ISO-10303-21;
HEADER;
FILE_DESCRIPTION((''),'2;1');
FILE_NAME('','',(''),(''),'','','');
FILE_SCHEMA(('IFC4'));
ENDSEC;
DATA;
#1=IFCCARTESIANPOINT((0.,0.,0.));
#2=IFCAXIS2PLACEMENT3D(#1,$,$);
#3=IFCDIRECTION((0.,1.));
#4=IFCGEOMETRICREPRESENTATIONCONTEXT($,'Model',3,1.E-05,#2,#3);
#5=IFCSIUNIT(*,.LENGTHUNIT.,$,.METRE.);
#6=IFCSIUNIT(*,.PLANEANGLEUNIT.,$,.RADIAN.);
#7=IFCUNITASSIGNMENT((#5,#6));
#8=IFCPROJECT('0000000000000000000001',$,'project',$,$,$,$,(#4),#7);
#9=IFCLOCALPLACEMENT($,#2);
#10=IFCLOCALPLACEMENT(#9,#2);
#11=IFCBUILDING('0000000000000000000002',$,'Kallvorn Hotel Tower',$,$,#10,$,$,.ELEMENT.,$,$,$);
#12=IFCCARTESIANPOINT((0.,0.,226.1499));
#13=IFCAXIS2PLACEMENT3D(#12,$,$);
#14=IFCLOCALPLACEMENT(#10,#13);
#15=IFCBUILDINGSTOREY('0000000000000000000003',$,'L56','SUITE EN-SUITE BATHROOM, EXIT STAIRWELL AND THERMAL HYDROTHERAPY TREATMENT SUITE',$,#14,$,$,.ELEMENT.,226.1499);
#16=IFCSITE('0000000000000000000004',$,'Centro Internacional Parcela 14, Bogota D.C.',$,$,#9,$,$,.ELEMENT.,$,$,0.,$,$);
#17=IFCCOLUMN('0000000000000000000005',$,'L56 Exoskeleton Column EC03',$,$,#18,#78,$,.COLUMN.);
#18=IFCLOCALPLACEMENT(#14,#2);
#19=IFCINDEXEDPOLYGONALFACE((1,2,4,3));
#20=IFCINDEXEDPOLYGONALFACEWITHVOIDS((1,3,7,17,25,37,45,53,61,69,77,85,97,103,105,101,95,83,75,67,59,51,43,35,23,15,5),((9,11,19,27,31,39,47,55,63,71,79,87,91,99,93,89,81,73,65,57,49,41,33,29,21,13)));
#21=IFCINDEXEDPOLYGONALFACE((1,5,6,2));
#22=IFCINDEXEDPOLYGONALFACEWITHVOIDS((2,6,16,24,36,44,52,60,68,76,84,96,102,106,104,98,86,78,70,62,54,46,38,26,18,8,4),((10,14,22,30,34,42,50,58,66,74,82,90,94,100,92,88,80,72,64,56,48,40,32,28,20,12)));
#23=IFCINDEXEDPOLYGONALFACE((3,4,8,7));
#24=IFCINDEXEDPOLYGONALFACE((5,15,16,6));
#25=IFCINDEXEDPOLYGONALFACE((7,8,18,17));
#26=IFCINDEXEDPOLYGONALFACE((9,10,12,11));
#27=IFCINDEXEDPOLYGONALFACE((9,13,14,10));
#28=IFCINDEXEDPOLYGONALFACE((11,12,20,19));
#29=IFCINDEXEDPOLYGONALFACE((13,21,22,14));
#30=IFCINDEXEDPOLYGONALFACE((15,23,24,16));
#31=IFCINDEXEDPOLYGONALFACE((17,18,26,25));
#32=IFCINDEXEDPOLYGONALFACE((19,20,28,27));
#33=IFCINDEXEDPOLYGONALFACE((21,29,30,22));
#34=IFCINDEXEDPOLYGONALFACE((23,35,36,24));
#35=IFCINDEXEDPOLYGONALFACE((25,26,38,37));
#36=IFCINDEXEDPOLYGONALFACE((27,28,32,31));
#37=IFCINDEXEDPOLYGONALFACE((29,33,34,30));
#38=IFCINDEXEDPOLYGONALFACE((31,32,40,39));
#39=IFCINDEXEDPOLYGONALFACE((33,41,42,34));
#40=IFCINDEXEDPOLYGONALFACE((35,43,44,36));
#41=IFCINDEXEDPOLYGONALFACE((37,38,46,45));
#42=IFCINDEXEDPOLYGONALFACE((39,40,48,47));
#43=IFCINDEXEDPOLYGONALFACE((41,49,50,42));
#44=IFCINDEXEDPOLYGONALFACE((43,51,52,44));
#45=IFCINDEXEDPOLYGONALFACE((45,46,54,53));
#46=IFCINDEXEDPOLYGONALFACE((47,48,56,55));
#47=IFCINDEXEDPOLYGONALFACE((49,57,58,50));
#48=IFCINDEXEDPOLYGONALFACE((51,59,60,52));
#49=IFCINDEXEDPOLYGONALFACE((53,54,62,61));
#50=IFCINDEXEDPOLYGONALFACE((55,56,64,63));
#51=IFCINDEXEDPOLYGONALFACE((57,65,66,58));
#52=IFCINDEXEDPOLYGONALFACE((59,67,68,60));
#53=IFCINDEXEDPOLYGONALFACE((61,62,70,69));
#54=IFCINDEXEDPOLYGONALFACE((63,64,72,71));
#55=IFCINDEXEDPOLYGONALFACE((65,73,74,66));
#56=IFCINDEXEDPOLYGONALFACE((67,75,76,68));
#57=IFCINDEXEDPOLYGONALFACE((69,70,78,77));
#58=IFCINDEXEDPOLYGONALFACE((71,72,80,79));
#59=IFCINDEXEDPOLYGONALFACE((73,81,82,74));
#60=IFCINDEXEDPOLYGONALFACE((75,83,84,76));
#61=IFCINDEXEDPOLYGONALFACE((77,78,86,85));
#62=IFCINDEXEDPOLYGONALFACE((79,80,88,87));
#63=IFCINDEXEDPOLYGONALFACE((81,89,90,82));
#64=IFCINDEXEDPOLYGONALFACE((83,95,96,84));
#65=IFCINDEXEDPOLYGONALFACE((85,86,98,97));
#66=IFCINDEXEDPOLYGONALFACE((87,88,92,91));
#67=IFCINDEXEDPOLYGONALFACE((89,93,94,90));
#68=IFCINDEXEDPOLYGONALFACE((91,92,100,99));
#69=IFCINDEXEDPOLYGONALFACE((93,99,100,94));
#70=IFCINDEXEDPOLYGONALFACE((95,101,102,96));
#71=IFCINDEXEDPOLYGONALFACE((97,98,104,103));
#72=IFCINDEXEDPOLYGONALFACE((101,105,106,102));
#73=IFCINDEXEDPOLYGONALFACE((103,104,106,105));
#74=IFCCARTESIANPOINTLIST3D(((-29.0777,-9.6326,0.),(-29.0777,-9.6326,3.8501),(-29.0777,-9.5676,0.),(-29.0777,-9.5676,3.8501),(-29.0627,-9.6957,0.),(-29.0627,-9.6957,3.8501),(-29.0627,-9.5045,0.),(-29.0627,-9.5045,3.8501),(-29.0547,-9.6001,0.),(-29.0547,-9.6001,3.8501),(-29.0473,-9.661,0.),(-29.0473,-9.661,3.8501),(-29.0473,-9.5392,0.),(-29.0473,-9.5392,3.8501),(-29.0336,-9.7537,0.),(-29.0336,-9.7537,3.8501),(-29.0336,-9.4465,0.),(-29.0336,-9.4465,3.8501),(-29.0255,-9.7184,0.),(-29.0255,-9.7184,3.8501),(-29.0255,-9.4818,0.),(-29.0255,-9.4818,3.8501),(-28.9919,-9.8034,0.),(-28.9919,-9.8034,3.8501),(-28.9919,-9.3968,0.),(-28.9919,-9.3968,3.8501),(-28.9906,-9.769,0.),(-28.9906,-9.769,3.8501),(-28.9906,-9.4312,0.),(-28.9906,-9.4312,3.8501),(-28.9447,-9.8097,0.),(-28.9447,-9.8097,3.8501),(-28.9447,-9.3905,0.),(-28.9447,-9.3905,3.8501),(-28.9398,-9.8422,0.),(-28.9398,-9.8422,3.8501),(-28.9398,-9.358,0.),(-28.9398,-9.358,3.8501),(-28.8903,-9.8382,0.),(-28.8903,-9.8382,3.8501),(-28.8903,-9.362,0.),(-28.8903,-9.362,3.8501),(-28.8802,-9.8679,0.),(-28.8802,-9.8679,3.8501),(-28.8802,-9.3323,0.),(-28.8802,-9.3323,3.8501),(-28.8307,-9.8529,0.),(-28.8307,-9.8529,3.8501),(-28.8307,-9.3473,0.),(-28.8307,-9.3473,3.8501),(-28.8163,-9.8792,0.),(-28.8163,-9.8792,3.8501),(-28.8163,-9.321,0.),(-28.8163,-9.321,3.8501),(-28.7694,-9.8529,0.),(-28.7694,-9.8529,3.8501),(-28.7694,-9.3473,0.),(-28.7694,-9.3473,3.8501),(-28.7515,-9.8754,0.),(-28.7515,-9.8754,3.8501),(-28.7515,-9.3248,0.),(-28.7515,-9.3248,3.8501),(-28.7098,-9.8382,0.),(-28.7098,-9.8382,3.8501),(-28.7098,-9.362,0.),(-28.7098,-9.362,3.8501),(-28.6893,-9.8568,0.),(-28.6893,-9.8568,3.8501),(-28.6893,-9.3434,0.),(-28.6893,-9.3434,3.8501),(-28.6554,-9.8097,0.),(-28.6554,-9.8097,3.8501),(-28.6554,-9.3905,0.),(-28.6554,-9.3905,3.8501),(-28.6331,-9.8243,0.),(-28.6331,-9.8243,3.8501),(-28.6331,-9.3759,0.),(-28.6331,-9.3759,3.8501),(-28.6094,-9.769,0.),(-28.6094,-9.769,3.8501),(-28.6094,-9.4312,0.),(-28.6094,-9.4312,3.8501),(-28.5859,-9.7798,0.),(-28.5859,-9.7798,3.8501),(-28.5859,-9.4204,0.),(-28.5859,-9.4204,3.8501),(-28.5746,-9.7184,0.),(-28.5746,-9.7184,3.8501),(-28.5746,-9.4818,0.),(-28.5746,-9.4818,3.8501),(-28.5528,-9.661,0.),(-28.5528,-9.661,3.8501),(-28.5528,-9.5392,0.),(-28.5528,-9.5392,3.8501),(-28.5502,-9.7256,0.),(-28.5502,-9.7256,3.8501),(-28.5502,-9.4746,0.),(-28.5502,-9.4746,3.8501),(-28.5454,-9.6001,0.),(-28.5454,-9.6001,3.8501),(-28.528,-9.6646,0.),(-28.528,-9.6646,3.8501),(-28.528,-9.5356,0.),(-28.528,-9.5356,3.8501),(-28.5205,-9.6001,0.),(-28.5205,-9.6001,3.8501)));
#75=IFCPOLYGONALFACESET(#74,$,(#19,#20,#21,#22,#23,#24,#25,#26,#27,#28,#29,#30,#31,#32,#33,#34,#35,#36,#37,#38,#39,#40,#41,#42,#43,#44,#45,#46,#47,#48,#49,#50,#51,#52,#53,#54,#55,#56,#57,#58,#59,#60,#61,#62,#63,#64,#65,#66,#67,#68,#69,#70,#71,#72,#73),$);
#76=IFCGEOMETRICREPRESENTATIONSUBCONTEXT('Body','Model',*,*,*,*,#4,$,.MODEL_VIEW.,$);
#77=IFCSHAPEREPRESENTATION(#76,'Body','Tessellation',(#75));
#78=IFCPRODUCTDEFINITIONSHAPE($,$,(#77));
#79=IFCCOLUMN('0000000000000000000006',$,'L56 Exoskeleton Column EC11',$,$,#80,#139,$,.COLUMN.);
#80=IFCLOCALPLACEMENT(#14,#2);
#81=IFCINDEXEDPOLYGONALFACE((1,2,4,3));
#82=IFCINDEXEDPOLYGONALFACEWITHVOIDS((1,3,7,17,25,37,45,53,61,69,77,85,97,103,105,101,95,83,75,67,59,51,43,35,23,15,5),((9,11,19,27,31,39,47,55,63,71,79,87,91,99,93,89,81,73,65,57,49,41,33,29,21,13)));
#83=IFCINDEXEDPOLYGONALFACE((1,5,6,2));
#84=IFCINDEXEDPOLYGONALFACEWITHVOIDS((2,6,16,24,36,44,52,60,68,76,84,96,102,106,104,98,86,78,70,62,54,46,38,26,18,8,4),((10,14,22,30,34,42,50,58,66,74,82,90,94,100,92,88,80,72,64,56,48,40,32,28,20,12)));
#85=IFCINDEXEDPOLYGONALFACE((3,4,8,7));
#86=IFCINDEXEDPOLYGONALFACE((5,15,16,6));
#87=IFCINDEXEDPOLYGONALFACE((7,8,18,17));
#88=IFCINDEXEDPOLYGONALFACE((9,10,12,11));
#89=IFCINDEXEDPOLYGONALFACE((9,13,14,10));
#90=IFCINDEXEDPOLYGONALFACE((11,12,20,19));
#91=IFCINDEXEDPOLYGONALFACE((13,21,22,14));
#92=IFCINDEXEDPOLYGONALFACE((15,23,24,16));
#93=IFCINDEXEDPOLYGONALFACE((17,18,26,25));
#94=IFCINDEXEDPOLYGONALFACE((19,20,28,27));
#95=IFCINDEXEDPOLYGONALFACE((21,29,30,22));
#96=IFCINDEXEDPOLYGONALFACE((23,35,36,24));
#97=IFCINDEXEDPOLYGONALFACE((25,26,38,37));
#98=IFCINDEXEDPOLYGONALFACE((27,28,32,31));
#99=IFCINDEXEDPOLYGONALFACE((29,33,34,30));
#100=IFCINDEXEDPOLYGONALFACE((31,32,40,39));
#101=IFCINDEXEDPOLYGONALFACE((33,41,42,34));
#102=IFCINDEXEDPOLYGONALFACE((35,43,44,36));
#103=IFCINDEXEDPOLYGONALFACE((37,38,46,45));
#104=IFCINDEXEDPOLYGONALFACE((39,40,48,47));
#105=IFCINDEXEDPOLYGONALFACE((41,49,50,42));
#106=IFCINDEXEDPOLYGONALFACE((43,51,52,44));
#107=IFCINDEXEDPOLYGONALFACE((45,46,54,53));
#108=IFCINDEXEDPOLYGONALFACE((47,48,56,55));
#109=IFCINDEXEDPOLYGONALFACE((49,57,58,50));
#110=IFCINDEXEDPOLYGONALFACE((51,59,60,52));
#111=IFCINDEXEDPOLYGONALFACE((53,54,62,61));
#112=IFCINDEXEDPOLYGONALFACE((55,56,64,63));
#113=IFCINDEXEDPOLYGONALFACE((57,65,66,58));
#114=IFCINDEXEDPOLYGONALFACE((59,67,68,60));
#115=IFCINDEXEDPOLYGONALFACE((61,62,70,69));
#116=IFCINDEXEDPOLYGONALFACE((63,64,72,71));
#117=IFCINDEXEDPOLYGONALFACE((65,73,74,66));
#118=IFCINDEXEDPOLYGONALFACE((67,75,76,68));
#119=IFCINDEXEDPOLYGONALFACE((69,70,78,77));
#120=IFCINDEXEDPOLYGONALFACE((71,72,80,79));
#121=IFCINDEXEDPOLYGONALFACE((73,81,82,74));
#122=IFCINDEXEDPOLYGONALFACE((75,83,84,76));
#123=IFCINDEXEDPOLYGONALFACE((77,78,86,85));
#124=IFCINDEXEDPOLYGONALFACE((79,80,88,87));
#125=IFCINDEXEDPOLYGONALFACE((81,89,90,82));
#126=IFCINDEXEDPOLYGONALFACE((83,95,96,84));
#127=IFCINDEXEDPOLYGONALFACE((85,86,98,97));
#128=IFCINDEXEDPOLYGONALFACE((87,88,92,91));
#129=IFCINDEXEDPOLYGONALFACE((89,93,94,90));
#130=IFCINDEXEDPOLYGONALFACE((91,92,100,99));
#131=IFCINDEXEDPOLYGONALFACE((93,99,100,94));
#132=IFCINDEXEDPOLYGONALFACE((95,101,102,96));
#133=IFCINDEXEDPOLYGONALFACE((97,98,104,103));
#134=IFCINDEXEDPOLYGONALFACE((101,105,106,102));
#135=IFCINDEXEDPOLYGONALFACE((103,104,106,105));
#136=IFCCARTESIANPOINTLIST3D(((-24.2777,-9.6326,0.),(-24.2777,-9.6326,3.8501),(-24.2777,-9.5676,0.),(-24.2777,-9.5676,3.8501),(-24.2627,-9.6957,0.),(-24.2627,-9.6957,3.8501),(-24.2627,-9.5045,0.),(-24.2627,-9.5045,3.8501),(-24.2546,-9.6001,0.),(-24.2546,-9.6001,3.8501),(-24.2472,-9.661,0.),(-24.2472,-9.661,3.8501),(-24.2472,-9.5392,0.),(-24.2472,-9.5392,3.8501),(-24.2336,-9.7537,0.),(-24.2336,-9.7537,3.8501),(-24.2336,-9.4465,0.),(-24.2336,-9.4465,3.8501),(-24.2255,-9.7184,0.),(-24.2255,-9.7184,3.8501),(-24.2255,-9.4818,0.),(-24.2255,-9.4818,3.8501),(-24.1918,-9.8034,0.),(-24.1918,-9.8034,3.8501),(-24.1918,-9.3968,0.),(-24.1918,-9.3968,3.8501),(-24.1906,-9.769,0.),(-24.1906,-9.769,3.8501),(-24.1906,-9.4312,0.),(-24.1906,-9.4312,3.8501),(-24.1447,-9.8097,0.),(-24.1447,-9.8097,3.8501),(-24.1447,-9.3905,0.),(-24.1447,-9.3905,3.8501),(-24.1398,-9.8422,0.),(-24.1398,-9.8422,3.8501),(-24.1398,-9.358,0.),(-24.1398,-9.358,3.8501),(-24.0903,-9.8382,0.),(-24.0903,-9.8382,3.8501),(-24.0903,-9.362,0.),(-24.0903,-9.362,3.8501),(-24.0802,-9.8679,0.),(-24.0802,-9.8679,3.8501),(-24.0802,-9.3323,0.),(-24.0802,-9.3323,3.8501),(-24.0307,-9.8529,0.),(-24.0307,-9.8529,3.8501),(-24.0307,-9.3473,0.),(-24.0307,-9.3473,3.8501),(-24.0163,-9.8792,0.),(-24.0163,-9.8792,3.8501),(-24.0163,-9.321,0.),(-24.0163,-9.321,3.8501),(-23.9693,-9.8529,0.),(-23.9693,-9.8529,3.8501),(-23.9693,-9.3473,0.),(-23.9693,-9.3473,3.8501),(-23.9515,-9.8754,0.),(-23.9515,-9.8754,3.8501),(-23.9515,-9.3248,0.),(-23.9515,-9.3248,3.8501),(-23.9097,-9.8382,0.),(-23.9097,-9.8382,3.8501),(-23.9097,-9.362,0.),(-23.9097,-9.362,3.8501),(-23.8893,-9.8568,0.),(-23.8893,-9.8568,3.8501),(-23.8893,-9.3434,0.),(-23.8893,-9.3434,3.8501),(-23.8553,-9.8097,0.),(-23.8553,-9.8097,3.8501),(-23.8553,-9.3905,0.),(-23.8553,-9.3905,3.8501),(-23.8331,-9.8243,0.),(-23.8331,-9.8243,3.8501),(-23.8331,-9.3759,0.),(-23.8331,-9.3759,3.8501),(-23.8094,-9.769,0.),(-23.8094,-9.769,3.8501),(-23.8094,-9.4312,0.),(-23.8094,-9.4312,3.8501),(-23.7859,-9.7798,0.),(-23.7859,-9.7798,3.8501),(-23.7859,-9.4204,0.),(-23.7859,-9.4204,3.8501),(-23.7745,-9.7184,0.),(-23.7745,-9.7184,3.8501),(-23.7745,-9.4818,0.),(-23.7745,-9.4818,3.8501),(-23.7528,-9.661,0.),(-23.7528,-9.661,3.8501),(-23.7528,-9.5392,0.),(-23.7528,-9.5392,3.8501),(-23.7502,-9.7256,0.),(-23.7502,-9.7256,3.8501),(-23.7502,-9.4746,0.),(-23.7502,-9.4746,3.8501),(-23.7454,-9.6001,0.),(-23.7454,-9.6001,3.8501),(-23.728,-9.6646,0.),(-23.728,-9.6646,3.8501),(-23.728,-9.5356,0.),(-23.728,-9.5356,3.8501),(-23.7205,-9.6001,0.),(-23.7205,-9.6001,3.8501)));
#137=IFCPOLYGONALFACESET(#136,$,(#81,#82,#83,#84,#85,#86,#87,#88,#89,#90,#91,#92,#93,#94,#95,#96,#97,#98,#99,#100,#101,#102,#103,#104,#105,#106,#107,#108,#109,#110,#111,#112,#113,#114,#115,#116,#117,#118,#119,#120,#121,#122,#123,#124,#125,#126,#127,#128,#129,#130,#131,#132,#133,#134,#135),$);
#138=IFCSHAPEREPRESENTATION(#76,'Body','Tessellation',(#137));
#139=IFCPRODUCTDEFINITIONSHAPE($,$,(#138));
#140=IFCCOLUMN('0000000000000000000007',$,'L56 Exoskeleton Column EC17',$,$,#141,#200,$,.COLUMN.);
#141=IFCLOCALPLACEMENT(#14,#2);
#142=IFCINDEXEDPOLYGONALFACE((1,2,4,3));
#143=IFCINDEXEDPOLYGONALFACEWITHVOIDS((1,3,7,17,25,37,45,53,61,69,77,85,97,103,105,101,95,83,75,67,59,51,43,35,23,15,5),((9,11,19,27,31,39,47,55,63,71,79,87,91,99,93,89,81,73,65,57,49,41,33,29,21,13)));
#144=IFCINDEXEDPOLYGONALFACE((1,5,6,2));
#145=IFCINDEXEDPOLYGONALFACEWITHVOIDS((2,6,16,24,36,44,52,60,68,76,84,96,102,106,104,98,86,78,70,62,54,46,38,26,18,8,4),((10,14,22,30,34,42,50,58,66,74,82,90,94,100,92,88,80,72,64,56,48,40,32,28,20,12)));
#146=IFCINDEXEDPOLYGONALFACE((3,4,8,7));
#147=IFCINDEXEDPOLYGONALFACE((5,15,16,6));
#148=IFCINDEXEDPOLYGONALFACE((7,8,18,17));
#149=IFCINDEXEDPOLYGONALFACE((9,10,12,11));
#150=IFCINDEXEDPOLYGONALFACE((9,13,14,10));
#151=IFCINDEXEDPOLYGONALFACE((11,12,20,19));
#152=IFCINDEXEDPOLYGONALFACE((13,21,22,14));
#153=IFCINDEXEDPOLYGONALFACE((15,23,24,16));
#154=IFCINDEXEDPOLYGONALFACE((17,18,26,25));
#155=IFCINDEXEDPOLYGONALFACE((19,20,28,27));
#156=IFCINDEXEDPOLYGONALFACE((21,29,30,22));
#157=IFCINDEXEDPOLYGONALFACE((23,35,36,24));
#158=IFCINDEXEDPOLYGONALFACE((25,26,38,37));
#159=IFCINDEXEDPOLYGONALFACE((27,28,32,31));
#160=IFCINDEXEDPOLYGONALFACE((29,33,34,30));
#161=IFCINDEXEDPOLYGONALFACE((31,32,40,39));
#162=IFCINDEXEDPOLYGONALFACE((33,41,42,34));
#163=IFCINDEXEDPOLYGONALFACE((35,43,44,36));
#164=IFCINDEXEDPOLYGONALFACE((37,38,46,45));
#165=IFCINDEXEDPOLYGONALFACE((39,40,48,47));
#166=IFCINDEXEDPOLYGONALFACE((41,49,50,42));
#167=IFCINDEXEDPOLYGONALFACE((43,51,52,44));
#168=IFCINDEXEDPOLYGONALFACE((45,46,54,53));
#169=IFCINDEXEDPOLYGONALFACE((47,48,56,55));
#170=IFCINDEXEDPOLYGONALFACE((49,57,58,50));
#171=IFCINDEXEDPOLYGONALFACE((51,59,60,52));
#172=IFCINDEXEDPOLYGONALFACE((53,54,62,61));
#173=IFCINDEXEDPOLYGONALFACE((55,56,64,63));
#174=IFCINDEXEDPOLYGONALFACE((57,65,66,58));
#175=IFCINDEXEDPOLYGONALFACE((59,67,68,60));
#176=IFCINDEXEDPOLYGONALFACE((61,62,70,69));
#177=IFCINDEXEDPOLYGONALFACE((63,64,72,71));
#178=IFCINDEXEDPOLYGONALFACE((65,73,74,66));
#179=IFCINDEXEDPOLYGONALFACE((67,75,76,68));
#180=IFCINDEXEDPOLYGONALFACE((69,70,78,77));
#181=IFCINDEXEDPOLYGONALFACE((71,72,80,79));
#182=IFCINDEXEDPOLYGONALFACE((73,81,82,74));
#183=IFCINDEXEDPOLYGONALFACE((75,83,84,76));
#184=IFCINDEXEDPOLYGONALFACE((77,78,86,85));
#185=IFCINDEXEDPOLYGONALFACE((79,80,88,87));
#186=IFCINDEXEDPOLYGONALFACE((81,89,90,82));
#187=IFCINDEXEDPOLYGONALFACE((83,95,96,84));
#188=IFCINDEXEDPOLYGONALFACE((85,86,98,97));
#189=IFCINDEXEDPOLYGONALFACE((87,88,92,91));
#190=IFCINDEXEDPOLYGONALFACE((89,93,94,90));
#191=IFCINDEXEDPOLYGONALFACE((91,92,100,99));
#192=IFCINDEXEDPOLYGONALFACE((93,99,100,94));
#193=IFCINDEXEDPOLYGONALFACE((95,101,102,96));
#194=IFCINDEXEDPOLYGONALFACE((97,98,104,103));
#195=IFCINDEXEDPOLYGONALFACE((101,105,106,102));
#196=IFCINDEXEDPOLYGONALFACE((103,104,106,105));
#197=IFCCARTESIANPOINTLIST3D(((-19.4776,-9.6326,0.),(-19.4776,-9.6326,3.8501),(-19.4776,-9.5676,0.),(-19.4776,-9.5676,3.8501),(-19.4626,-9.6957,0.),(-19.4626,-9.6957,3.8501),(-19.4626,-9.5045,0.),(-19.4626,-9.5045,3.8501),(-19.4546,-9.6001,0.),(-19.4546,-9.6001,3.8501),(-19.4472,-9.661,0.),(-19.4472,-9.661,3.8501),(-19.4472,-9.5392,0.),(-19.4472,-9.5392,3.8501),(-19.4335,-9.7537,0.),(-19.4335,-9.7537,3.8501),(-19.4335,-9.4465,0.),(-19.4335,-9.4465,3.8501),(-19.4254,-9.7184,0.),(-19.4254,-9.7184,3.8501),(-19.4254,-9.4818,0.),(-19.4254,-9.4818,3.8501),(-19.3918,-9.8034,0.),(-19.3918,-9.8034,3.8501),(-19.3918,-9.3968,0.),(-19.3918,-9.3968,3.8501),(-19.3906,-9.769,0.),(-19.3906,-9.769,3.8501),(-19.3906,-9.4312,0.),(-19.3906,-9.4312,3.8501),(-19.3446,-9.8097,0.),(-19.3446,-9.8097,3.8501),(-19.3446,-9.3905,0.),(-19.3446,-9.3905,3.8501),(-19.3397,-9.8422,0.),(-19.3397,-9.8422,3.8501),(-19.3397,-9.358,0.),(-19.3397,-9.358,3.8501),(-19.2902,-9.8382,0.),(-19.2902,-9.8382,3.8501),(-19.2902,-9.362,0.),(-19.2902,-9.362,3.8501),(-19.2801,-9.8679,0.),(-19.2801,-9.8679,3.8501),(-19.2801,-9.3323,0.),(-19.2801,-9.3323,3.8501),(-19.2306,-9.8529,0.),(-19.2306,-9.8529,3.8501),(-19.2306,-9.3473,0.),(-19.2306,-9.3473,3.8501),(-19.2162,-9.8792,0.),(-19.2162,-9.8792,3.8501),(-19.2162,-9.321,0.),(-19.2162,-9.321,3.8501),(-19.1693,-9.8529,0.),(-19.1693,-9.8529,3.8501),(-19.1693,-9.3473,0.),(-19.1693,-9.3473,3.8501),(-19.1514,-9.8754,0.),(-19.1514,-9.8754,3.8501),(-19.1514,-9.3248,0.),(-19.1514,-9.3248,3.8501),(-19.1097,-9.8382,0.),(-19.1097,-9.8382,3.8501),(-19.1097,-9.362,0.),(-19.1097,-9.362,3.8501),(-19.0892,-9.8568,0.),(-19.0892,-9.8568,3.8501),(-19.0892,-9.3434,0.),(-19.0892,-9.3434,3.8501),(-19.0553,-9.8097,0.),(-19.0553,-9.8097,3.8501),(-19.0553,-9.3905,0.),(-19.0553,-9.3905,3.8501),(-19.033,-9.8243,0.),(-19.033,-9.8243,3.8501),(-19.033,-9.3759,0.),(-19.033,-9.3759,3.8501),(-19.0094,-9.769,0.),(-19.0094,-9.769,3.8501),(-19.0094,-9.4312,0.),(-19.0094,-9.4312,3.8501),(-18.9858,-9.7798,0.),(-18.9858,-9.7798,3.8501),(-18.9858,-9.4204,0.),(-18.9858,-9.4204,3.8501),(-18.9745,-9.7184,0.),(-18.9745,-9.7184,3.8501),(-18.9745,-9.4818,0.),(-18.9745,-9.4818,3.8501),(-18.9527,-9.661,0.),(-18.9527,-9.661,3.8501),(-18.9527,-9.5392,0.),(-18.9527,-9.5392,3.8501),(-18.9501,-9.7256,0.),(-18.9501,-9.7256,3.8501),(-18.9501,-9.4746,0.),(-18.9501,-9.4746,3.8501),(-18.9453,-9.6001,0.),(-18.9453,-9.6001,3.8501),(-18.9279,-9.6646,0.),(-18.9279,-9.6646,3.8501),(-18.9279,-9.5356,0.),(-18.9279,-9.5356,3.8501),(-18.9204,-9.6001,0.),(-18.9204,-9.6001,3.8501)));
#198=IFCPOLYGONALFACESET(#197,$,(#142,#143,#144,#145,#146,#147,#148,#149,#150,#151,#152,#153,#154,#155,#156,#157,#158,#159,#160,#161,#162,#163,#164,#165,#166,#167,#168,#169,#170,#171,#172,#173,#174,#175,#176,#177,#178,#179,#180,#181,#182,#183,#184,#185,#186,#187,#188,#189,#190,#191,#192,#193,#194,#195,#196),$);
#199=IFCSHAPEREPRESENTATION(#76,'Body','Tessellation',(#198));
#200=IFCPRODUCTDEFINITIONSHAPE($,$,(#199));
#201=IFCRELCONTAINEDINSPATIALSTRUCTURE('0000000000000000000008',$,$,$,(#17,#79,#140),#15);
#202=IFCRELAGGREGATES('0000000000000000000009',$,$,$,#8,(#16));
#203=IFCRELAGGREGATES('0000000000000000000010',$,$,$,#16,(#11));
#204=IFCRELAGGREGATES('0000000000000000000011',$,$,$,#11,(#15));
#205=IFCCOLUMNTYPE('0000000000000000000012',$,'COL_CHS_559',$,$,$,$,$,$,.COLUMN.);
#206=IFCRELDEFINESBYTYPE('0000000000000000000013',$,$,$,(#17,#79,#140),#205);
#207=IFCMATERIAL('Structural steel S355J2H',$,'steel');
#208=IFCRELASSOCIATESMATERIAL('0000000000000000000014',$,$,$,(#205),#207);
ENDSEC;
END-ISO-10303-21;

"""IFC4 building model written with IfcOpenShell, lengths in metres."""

from ifc_helpers import new_model, si_unit, direction, frame, origin, origin_2d, place, context, subcontext, project, spatial, hollow_circle, extrude, material, material_profile, profile_set, type_object, element, save


model = new_model("IFC4")

# Units and contexts
model_context = context("Model", 3, precision=1e-05, world=origin(), true_north=direction((0.0, 1.0)))
body_context = subcontext(model_context, "Body", "Model", "MODEL_VIEW")
ifc_project = project(units=[si_unit("LENGTHUNIT", "METRE"), si_unit("PLANEANGLEUNIT", "RADIAN")], contexts=[model_context])

# Site, building, storey
site_placement = place(None, origin())
site = spatial("IfcSite", under=ifc_project, at=site_placement, Name="Centro Internacional Parcela 14, Bogota D.C.", CompositionType="ELEMENT", RefElevation=0.0)
building_placement = place(site_placement, origin())
building = spatial("IfcBuilding", under=site, at=building_placement, Name="Kallvorn Hotel Tower", CompositionType="ELEMENT")
storey_placement = place(building_placement, frame((0.0, 0.0, 226.1499)))
storey = spatial("IfcBuildingStorey", under=building, at=storey_placement, Name="L56", Description="SUITE EN-SUITE BATHROOM, EXIT STAIRWELL AND THERMAL HYDROTHERAPY TREATMENT SUITE", CompositionType="ELEMENT", Elevation=226.1499)

# Columns
ifc_material_1 = material(Name="Structural steel S355J2H", Category="steel")
ifc_material_profile_1 = material_profile(ifc_material_1, hollow_circle(Radius=0.2795, WallThickness=0.0249, at=origin_2d()), Name="CHS 559x25")
ifc_profile_set_1 = profile_set([ifc_material_profile_1], Name="Structural steel S355J2H")
column_type = type_object("IfcColumnType", Name="COL_CHS_559", PredefinedType="COLUMN", material=ifc_profile_set_1)
for number, where, z_axis, x_axis, name in (
    (1, (-28.8, -9.6001, 0.0), (0.0, 0.0, 1.0), (1.0, 0.0, 0.0), "L56 Exoskeleton Column EC03"),
    (2, (-24.0, -9.6001, 0.0), (0.0, 0.0, 1.0), (1.0, 0.0, 0.0), "L56 Exoskeleton Column EC11"),
    (3, (-19.2, -9.6001, 0.0), (0.0, 0.0, 1.0), (1.0, 0.0, 0.0), "L56 Exoskeleton Column EC17"),
):
    element("IfcColumn", number, at=place(storey_placement, frame(where, z_axis=z_axis, x_axis=x_axis)), inside=storey, type_object=column_type, Name=name, PredefinedType="COLUMN", context=body_context, shape_type="SweptSolid", body=[
        extrude(hollow_circle(Radius=0.2795, WallThickness=0.0249, at=origin_2d()), origin(), (0.0, 0.0, 1.0), 3.8501),
    ])

save(model, "model.ifc")
